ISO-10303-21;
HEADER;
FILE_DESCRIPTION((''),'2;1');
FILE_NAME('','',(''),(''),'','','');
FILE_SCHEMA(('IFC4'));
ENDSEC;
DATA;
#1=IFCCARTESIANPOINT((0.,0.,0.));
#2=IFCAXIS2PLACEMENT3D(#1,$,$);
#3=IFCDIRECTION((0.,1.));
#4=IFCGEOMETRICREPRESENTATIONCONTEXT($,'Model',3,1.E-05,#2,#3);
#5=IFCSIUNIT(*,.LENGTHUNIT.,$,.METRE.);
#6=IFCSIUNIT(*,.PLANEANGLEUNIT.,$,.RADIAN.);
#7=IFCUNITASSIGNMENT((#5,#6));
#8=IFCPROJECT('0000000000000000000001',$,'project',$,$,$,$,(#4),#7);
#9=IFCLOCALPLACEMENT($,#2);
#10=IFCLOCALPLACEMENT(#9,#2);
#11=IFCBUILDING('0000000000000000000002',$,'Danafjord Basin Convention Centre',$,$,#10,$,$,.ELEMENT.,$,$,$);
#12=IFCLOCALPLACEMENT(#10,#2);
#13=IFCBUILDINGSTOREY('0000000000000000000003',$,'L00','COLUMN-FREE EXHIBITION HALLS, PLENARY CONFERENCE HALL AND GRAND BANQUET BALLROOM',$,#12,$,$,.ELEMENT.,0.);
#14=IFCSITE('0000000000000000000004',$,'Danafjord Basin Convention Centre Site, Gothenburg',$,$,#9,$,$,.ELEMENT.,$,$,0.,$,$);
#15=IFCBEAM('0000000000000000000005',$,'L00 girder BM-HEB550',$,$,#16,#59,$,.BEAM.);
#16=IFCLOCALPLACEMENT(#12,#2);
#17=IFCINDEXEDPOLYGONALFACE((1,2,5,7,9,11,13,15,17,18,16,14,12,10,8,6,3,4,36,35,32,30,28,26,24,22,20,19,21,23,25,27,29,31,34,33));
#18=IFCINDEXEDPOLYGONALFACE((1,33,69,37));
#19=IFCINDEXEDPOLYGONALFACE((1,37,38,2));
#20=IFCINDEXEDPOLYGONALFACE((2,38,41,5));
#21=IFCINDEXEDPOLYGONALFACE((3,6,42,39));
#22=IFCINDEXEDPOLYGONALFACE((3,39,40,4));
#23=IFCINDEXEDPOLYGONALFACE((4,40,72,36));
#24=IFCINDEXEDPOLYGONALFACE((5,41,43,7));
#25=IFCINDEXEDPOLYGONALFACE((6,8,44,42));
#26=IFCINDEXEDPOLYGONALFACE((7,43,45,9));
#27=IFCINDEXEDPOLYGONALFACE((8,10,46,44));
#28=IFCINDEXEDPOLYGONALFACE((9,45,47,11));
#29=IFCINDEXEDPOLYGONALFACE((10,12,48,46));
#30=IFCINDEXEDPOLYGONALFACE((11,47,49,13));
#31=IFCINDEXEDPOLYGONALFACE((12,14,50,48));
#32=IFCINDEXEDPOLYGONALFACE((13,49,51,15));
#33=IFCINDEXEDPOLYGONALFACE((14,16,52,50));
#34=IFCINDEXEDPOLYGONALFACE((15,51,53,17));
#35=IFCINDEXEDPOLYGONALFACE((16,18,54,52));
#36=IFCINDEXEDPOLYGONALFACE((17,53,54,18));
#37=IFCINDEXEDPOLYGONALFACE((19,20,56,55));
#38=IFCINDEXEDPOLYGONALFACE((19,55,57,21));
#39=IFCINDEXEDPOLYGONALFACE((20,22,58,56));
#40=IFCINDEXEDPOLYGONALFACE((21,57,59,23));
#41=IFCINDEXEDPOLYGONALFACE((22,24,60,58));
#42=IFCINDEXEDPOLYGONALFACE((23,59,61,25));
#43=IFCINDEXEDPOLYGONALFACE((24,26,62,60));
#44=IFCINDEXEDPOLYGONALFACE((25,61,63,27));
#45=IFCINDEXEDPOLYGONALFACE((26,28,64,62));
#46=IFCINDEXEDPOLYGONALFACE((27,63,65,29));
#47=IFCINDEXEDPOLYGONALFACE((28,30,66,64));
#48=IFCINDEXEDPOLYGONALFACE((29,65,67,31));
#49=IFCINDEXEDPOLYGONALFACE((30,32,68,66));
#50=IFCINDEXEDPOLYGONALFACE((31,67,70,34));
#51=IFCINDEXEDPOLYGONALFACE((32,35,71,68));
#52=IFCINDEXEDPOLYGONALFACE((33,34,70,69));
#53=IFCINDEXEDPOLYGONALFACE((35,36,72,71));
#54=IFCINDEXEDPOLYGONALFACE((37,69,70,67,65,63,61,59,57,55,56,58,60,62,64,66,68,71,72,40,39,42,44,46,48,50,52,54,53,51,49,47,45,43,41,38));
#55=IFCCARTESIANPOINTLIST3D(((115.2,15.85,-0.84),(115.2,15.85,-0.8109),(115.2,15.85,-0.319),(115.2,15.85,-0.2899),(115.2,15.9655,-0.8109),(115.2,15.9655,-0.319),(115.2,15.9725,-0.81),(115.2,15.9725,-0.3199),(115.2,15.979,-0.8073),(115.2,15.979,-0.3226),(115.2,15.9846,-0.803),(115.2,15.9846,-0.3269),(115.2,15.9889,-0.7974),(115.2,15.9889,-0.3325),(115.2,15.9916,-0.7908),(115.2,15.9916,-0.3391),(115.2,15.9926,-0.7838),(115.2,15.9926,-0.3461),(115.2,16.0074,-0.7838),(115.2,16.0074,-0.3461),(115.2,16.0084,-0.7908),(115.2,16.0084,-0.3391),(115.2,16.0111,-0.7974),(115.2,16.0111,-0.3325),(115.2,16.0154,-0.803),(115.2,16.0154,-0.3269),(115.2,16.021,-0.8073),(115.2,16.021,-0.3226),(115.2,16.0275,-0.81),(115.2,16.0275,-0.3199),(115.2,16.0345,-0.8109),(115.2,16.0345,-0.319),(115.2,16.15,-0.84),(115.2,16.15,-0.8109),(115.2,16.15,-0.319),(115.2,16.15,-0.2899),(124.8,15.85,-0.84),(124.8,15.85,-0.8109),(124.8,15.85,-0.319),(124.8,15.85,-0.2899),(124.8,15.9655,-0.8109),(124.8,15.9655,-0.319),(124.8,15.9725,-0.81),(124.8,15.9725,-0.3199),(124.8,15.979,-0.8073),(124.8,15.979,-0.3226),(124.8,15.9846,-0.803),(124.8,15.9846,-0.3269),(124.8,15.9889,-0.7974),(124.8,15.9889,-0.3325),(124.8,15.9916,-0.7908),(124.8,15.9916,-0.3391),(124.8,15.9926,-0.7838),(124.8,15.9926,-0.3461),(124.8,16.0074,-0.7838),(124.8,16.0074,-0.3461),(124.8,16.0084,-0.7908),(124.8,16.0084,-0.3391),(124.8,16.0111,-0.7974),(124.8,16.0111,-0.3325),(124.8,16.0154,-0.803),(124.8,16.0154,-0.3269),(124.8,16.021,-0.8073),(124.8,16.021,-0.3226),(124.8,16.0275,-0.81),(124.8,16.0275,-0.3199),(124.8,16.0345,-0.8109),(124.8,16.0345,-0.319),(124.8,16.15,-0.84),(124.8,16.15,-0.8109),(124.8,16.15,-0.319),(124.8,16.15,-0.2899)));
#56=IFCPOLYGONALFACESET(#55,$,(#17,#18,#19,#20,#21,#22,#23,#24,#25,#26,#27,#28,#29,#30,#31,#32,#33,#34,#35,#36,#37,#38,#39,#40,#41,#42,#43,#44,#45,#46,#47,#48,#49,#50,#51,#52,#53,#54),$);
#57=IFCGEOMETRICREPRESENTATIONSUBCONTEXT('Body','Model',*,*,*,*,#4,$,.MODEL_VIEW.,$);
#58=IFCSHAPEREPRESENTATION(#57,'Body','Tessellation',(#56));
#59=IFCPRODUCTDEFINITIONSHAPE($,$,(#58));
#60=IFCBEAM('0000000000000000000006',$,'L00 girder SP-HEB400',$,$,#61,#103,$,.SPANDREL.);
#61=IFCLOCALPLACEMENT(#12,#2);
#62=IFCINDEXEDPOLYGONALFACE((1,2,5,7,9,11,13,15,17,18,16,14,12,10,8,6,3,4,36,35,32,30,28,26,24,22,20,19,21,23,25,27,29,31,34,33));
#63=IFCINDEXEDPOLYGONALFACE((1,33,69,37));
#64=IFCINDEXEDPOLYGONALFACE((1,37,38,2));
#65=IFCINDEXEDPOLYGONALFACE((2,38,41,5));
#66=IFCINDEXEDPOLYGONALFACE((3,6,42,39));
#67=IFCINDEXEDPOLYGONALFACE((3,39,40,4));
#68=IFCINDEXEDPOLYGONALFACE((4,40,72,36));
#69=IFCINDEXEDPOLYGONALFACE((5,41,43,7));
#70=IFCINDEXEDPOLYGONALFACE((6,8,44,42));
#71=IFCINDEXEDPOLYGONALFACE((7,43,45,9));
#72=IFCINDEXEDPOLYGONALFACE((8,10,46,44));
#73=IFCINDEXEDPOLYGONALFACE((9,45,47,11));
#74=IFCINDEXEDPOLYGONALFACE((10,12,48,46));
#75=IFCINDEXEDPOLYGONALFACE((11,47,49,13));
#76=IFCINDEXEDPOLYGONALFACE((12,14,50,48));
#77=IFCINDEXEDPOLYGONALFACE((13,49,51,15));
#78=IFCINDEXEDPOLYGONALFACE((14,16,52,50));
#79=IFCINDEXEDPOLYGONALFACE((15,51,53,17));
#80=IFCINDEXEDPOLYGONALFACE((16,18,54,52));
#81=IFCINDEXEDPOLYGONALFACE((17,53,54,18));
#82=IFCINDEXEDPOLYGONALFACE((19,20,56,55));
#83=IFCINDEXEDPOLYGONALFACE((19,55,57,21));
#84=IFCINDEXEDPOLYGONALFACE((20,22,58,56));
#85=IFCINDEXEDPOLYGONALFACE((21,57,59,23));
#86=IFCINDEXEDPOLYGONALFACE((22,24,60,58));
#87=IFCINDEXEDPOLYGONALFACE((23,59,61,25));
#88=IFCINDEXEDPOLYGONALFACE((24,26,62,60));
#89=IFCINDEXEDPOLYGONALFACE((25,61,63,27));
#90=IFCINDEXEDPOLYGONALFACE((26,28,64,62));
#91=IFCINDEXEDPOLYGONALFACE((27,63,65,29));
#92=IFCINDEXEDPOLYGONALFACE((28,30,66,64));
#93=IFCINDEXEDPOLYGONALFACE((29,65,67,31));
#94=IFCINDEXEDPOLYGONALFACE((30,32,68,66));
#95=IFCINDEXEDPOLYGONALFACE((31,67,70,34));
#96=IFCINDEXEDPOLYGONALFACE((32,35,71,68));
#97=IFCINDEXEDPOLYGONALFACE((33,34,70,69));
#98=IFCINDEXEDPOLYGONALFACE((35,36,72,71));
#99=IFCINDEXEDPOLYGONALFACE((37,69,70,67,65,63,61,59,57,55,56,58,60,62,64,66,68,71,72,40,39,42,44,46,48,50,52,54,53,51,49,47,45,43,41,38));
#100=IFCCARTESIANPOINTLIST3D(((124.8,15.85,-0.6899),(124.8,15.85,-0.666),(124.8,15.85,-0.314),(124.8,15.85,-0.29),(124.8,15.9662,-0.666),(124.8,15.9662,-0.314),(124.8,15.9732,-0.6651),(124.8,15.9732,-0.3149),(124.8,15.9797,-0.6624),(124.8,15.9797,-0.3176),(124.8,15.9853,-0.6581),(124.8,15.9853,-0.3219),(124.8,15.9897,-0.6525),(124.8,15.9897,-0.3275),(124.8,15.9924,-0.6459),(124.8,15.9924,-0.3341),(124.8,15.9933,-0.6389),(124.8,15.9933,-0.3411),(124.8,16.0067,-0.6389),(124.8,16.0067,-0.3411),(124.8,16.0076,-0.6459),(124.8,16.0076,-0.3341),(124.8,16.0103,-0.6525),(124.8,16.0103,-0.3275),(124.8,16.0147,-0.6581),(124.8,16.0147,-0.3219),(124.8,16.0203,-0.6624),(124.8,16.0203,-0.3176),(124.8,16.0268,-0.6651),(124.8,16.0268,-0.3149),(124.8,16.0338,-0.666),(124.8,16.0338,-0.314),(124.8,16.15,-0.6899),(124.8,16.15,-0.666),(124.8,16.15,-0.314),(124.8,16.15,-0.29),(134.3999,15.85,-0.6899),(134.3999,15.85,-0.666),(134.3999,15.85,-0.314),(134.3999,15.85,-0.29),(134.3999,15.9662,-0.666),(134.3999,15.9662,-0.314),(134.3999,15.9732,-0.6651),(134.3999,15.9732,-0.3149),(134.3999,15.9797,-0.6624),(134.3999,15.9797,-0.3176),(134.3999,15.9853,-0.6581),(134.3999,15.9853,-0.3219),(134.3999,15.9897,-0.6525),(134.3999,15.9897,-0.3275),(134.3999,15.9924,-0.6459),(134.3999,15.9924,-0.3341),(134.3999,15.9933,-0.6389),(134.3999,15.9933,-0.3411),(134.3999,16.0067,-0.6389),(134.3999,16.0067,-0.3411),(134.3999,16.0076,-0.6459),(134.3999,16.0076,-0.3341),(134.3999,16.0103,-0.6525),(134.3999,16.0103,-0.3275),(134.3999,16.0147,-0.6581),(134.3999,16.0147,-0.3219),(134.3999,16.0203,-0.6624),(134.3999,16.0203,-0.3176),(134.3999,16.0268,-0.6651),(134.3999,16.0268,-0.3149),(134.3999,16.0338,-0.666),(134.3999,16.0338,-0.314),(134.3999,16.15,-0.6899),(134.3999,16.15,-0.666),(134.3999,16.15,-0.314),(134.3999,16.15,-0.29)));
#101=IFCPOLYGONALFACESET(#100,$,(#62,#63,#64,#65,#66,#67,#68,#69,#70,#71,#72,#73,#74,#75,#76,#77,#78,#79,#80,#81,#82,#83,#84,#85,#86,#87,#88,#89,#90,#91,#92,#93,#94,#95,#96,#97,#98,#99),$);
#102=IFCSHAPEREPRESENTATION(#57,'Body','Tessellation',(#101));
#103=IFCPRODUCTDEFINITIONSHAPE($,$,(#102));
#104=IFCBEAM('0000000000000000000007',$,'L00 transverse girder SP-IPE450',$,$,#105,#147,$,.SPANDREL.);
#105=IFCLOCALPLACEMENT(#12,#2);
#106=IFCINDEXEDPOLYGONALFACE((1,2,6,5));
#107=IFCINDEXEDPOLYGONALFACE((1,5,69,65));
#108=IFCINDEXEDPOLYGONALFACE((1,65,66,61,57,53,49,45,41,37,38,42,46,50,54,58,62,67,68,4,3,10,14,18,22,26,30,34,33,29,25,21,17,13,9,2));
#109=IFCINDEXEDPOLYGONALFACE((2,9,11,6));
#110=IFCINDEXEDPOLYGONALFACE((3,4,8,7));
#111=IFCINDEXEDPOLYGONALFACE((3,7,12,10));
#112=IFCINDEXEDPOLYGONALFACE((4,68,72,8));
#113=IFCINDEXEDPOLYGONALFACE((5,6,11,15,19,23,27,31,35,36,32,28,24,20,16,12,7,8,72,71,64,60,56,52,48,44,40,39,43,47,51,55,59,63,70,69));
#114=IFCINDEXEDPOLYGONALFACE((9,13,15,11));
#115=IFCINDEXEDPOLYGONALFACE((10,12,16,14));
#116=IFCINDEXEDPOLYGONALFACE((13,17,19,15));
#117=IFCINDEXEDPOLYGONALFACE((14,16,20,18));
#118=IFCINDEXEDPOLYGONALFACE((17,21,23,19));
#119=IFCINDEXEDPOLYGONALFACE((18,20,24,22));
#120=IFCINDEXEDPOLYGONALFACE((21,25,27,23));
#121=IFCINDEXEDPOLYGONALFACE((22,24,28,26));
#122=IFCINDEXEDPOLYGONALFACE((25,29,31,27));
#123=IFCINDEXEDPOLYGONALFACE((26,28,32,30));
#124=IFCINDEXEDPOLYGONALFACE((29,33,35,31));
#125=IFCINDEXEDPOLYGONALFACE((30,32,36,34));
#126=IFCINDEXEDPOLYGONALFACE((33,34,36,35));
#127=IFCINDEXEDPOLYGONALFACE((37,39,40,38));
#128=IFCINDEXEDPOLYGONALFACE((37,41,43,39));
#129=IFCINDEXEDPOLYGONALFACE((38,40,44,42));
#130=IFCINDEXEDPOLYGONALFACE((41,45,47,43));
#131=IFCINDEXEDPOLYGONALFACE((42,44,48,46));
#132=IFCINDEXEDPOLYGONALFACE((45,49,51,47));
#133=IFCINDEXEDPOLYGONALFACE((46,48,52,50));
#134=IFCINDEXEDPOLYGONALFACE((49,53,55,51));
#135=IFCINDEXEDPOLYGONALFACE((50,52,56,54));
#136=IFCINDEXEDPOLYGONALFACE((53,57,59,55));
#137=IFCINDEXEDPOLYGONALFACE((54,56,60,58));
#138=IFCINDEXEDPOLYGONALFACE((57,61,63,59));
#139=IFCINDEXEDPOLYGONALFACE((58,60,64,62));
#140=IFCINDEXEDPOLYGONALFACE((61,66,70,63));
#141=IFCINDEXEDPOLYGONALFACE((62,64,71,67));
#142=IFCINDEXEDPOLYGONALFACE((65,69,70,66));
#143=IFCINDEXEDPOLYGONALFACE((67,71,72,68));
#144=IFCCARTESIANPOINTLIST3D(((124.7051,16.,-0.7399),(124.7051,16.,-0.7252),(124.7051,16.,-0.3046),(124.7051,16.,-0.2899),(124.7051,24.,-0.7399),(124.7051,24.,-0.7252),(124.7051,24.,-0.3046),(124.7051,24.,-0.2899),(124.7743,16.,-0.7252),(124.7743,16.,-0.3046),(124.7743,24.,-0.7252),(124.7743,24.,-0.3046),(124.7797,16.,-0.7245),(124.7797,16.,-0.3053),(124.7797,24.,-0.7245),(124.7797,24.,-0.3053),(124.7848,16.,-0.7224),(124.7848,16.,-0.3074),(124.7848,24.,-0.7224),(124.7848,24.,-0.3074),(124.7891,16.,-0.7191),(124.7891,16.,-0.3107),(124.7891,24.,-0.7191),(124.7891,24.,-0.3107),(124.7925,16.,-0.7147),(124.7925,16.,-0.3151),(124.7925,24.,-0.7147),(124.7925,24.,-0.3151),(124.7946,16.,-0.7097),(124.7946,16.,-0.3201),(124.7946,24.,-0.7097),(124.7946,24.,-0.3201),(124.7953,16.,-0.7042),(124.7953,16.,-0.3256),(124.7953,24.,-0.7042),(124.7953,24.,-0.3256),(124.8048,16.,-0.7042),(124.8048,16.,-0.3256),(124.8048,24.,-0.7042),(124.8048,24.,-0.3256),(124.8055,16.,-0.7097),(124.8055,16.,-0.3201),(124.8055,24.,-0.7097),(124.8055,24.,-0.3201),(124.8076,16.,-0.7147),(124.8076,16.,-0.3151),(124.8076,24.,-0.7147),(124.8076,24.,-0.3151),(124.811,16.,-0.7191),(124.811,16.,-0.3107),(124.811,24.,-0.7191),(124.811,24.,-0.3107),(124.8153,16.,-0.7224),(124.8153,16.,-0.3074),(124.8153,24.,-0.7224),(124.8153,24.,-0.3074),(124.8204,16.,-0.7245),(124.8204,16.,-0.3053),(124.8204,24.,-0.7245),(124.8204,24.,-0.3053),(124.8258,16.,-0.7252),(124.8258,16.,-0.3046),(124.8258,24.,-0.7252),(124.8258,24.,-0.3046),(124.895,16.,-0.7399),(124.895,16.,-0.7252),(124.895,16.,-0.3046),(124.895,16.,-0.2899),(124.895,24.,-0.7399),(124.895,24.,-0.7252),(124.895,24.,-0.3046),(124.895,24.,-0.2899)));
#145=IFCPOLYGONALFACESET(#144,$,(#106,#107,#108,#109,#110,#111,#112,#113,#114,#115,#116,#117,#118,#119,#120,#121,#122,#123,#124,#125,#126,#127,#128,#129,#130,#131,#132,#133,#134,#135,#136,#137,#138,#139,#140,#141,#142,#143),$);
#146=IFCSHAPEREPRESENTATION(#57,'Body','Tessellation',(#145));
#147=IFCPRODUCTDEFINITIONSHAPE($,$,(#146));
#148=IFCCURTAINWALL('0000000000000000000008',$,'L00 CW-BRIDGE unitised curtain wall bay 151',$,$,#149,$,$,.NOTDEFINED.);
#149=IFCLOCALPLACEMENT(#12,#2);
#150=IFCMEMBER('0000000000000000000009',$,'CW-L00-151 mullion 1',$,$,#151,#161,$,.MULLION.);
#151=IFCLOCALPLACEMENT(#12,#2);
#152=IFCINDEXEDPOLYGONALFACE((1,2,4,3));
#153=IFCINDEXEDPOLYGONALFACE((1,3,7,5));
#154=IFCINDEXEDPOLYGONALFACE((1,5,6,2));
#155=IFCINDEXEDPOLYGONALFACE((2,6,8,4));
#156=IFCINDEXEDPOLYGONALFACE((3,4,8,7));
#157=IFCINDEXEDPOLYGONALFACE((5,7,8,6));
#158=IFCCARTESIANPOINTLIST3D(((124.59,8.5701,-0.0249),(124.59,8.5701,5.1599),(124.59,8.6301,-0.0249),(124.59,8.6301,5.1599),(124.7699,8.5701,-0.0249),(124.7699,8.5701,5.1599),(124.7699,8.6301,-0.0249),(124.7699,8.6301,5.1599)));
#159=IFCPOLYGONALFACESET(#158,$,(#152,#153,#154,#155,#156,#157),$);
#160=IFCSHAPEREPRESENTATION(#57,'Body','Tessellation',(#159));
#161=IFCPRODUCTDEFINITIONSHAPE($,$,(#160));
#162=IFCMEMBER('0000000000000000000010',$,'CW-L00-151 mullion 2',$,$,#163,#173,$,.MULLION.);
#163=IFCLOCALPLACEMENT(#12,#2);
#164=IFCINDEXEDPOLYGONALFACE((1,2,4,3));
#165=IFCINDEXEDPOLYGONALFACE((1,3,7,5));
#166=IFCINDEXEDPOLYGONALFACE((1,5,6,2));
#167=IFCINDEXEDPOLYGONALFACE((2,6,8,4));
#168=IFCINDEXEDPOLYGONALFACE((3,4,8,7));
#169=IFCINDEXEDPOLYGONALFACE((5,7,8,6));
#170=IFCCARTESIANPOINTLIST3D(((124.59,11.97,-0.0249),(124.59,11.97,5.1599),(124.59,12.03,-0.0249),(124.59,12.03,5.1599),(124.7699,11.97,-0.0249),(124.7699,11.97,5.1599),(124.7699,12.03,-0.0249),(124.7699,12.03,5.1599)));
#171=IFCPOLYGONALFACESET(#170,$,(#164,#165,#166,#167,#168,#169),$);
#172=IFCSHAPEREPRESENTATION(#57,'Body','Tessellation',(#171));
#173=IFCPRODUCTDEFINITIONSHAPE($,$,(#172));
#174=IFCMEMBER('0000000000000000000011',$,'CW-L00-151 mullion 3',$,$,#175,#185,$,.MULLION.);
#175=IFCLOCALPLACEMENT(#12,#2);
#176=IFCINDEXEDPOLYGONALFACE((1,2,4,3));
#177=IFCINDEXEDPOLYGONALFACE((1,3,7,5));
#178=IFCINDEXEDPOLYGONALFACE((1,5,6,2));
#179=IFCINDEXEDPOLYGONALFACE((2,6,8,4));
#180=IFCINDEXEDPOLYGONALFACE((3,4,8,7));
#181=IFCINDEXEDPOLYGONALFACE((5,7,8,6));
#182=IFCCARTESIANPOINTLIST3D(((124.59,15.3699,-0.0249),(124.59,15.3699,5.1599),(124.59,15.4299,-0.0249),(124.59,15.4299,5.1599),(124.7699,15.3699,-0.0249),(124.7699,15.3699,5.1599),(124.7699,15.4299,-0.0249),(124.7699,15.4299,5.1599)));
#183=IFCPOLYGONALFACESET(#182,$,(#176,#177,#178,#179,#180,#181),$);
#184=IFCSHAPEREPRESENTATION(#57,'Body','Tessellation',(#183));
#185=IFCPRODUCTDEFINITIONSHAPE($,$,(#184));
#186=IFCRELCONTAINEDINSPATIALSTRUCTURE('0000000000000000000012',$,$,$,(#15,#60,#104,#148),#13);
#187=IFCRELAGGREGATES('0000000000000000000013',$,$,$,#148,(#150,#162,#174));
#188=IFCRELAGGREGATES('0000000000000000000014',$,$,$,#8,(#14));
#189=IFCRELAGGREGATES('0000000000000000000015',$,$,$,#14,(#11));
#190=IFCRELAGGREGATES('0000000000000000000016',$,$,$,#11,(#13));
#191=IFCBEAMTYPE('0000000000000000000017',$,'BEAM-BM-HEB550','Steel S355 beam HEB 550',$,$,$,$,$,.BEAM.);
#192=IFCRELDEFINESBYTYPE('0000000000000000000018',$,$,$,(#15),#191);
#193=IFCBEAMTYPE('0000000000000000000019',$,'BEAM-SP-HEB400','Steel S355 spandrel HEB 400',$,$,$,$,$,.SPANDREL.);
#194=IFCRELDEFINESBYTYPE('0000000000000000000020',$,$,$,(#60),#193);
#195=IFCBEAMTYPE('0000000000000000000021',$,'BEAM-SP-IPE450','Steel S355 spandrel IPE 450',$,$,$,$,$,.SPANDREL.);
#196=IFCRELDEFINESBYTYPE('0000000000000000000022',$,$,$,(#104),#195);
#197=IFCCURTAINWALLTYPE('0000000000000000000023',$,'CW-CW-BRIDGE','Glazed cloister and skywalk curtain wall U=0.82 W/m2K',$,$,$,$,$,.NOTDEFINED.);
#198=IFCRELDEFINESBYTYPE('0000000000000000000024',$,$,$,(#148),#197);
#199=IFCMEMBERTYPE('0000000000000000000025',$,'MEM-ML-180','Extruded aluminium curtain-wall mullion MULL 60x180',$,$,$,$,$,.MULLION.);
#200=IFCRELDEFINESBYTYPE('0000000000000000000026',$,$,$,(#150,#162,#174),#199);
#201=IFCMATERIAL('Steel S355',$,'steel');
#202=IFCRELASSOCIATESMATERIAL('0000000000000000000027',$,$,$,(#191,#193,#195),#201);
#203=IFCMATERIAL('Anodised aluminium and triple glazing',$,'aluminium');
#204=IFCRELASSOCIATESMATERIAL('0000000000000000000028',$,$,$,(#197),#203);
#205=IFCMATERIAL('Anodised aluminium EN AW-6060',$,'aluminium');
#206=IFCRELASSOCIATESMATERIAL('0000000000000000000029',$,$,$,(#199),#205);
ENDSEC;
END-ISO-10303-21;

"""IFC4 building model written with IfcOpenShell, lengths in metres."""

from ifc_helpers import new_model, si_unit, direction, frame, origin, origin_2d, place, context, subcontext, project, spatial, rectangle, i_section, extrude, material, material_profile, profile_set, type_object, element, aggregate, save


model = new_model("IFC4")

# Units and contexts
model_context = context("Model", 3, precision=1e-05, world=origin(), true_north=direction((0.0, 1.0)))
body_context = subcontext(model_context, "Body", "Model", "MODEL_VIEW")
ifc_project = project(units=[si_unit("LENGTHUNIT", "METRE"), si_unit("PLANEANGLEUNIT", "RADIAN")], contexts=[model_context])

# Site, building, storey
site_placement = place(None, origin())
site = spatial("IfcSite", under=ifc_project, at=site_placement, Name="Danafjord Basin Convention Centre Site, Gothenburg", CompositionType="ELEMENT", RefElevation=0.0)
building_placement = place(site_placement, origin())
building = spatial("IfcBuilding", under=site, at=building_placement, Name="Danafjord Basin Convention Centre", CompositionType="ELEMENT")
storey_placement = place(building_placement, origin())
storey = spatial("IfcBuildingStorey", under=building, at=storey_placement, Name="L00", Description="COLUMN-FREE EXHIBITION HALLS, PLENARY CONFERENCE HALL AND GRAND BANQUET BALLROOM", CompositionType="ELEMENT", Elevation=0.0)

# Shared definitions
ifc_material_1 = material(Name="Steel S355", Category="steel")

# Beams
ifc_material_profile_1 = material_profile(ifc_material_1, i_section(OverallWidth=0.3, OverallDepth=0.55, WebThickness=0.0149, FlangeThickness=0.0291, FilletRadius=0.0271, at=origin_2d()), Name="HEB 550")
ifc_profile_set_1 = profile_set([ifc_material_profile_1], Name="Steel S355")
beam_type_1 = type_object("IfcBeamType", Name="BEAM-BM-HEB550", Description="Steel S355 beam HEB 550", PredefinedType="BEAM", material=ifc_profile_set_1)
beam_1_placement = place(storey_placement, frame((115.2, 16.0, -0.5649), z_axis=(1.0, 0.0, 0.0), x_axis=(0.0, 1.0, 0.0)))
element("IfcBeam", 1, at=beam_1_placement, inside=storey, type_object=beam_type_1, Name="L00 girder BM-HEB550", PredefinedType="BEAM", context=body_context, shape_type="SweptSolid", body=[
    extrude(i_section(OverallWidth=0.3, OverallDepth=0.55, WebThickness=0.0149, FlangeThickness=0.0291, FilletRadius=0.0271, at=origin_2d()), origin(), (0.0, 0.0, 1.0), 9.6001),
])
ifc_material_profile_2 = material_profile(ifc_material_1, i_section(OverallWidth=0.3, OverallDepth=0.3999, WebThickness=0.0134, FlangeThickness=0.0239, FilletRadius=0.0271, at=origin_2d()), Name="HEB 400")
ifc_profile_set_2 = profile_set([ifc_material_profile_2], Name="Steel S355")
beam_type_2 = type_object("IfcBeamType", Name="BEAM-SP-HEB400", Description="Steel S355 spandrel HEB 400", PredefinedType="SPANDREL", material=ifc_profile_set_2)
beam_2_placement = place(storey_placement, frame((124.8, 16.0, -0.49), z_axis=(1.0, 0.0, 0.0), x_axis=(0.0, 1.0, 0.0)))
element("IfcBeam", 2, at=beam_2_placement, inside=storey, type_object=beam_type_2, Name="L00 girder SP-HEB400", PredefinedType="SPANDREL", context=body_context, shape_type="SweptSolid", body=[
    extrude(i_section(OverallWidth=0.3, OverallDepth=0.3999, WebThickness=0.0134, FlangeThickness=0.0239, FilletRadius=0.0271, at=origin_2d()), origin(), (0.0, 0.0, 1.0), 9.5999),
])
ifc_material_profile_3 = material_profile(ifc_material_1, i_section(OverallWidth=0.1899, OverallDepth=0.45, WebThickness=0.0095, FlangeThickness=0.0146, FilletRadius=0.021, at=origin_2d()), Name="IPE 450")
ifc_profile_set_3 = profile_set([ifc_material_profile_3], Name="Steel S355")
beam_type_3 = type_object("IfcBeamType", Name="BEAM-SP-IPE450", Description="Steel S355 spandrel IPE 450", PredefinedType="SPANDREL", material=ifc_profile_set_3)
beam_3_placement = place(storey_placement, frame((124.8, 16.0, -0.5149), z_axis=(0.0, 1.0, 0.0), x_axis=(-1.0, 0.0, 0.0)))
element("IfcBeam", 3, at=beam_3_placement, inside=storey, type_object=beam_type_3, Name="L00 transverse girder SP-IPE450", PredefinedType="SPANDREL", context=body_context, shape_type="SweptSolid", body=[
    extrude(i_section(OverallWidth=0.1899, OverallDepth=0.45, WebThickness=0.0095, FlangeThickness=0.0146, FilletRadius=0.021, at=origin_2d()), origin(), (0.0, 0.0, 1.0), 8.0),
])

# Curtain wall, members
ifc_material_2 = material(Name="Anodised aluminium and triple glazing", Category="aluminium")
curtain_wall_type_1 = type_object("IfcCurtainWallType", Name="CW-CW-BRIDGE", Description="Glazed cloister and skywalk curtain wall U=0.82 W/m2K", PredefinedType="NOTDEFINED", material=ifc_material_2)
curtain_wall_1_placement = place(storey_placement, origin())
curtain_wall_1 = element("IfcCurtainWall", 4, at=curtain_wall_1_placement, inside=storey, type_object=curtain_wall_type_1, Name="L00 CW-BRIDGE unitised curtain wall bay 151", PredefinedType="NOTDEFINED")
ifc_material_3 = material(Name="Anodised aluminium EN AW-6060", Category="aluminium")
ifc_material_profile_4 = material_profile(ifc_material_3, rectangle(XDim=0.0601, YDim=0.1799, at=origin_2d()), Name="MULL 60x180")
ifc_profile_set_4 = profile_set([ifc_material_profile_4], Name="Anodised aluminium EN AW-6060")
member_type_1 = type_object("IfcMemberType", Name="MEM-ML-180", Description="Extruded aluminium curtain-wall mullion MULL 60x180", PredefinedType="MULLION", material=ifc_profile_set_4)
member_1_placement = place(storey_placement, frame((124.6799, 8.6001, -0.0249), z_axis=(0.0, 0.0, 1.0), x_axis=(0.0, 1.0, 0.0)))
member_1 = element("IfcMember", 5, at=member_1_placement, type_object=member_type_1, Name="CW-L00-151 mullion 1", PredefinedType="MULLION", context=body_context, shape_type="SweptSolid", body=[
    extrude(rectangle(XDim=0.0601, YDim=0.1799, at=origin_2d()), origin(), (0.0, 0.0, 1.0), 5.1848),
])
member_2_placement = place(storey_placement, frame((124.6799, 12.0, -0.0249), z_axis=(0.0, 0.0, 1.0), x_axis=(0.0, 1.0, 0.0)))
member_2 = element("IfcMember", 6, at=member_2_placement, type_object=member_type_1, Name="CW-L00-151 mullion 2", PredefinedType="MULLION", context=body_context, shape_type="SweptSolid", body=[
    extrude(rectangle(XDim=0.0601, YDim=0.1799, at=origin_2d()), origin(), (0.0, 0.0, 1.0), 5.1848),
])
member_3_placement = place(storey_placement, frame((124.6799, 15.3999, -0.0249), z_axis=(0.0, 0.0, 1.0), x_axis=(0.0, 1.0, 0.0)))
member_3 = element("IfcMember", 7, at=member_3_placement, type_object=member_type_1, Name="CW-L00-151 mullion 3", PredefinedType="MULLION", context=body_context, shape_type="SweptSolid", body=[
    extrude(rectangle(XDim=0.0601, YDim=0.1799, at=origin_2d()), origin(), (0.0, 0.0, 1.0), 5.1848),
])

aggregate(curtain_wall_1, [member_1, member_2, member_3])

save(model, "model.ifc")
